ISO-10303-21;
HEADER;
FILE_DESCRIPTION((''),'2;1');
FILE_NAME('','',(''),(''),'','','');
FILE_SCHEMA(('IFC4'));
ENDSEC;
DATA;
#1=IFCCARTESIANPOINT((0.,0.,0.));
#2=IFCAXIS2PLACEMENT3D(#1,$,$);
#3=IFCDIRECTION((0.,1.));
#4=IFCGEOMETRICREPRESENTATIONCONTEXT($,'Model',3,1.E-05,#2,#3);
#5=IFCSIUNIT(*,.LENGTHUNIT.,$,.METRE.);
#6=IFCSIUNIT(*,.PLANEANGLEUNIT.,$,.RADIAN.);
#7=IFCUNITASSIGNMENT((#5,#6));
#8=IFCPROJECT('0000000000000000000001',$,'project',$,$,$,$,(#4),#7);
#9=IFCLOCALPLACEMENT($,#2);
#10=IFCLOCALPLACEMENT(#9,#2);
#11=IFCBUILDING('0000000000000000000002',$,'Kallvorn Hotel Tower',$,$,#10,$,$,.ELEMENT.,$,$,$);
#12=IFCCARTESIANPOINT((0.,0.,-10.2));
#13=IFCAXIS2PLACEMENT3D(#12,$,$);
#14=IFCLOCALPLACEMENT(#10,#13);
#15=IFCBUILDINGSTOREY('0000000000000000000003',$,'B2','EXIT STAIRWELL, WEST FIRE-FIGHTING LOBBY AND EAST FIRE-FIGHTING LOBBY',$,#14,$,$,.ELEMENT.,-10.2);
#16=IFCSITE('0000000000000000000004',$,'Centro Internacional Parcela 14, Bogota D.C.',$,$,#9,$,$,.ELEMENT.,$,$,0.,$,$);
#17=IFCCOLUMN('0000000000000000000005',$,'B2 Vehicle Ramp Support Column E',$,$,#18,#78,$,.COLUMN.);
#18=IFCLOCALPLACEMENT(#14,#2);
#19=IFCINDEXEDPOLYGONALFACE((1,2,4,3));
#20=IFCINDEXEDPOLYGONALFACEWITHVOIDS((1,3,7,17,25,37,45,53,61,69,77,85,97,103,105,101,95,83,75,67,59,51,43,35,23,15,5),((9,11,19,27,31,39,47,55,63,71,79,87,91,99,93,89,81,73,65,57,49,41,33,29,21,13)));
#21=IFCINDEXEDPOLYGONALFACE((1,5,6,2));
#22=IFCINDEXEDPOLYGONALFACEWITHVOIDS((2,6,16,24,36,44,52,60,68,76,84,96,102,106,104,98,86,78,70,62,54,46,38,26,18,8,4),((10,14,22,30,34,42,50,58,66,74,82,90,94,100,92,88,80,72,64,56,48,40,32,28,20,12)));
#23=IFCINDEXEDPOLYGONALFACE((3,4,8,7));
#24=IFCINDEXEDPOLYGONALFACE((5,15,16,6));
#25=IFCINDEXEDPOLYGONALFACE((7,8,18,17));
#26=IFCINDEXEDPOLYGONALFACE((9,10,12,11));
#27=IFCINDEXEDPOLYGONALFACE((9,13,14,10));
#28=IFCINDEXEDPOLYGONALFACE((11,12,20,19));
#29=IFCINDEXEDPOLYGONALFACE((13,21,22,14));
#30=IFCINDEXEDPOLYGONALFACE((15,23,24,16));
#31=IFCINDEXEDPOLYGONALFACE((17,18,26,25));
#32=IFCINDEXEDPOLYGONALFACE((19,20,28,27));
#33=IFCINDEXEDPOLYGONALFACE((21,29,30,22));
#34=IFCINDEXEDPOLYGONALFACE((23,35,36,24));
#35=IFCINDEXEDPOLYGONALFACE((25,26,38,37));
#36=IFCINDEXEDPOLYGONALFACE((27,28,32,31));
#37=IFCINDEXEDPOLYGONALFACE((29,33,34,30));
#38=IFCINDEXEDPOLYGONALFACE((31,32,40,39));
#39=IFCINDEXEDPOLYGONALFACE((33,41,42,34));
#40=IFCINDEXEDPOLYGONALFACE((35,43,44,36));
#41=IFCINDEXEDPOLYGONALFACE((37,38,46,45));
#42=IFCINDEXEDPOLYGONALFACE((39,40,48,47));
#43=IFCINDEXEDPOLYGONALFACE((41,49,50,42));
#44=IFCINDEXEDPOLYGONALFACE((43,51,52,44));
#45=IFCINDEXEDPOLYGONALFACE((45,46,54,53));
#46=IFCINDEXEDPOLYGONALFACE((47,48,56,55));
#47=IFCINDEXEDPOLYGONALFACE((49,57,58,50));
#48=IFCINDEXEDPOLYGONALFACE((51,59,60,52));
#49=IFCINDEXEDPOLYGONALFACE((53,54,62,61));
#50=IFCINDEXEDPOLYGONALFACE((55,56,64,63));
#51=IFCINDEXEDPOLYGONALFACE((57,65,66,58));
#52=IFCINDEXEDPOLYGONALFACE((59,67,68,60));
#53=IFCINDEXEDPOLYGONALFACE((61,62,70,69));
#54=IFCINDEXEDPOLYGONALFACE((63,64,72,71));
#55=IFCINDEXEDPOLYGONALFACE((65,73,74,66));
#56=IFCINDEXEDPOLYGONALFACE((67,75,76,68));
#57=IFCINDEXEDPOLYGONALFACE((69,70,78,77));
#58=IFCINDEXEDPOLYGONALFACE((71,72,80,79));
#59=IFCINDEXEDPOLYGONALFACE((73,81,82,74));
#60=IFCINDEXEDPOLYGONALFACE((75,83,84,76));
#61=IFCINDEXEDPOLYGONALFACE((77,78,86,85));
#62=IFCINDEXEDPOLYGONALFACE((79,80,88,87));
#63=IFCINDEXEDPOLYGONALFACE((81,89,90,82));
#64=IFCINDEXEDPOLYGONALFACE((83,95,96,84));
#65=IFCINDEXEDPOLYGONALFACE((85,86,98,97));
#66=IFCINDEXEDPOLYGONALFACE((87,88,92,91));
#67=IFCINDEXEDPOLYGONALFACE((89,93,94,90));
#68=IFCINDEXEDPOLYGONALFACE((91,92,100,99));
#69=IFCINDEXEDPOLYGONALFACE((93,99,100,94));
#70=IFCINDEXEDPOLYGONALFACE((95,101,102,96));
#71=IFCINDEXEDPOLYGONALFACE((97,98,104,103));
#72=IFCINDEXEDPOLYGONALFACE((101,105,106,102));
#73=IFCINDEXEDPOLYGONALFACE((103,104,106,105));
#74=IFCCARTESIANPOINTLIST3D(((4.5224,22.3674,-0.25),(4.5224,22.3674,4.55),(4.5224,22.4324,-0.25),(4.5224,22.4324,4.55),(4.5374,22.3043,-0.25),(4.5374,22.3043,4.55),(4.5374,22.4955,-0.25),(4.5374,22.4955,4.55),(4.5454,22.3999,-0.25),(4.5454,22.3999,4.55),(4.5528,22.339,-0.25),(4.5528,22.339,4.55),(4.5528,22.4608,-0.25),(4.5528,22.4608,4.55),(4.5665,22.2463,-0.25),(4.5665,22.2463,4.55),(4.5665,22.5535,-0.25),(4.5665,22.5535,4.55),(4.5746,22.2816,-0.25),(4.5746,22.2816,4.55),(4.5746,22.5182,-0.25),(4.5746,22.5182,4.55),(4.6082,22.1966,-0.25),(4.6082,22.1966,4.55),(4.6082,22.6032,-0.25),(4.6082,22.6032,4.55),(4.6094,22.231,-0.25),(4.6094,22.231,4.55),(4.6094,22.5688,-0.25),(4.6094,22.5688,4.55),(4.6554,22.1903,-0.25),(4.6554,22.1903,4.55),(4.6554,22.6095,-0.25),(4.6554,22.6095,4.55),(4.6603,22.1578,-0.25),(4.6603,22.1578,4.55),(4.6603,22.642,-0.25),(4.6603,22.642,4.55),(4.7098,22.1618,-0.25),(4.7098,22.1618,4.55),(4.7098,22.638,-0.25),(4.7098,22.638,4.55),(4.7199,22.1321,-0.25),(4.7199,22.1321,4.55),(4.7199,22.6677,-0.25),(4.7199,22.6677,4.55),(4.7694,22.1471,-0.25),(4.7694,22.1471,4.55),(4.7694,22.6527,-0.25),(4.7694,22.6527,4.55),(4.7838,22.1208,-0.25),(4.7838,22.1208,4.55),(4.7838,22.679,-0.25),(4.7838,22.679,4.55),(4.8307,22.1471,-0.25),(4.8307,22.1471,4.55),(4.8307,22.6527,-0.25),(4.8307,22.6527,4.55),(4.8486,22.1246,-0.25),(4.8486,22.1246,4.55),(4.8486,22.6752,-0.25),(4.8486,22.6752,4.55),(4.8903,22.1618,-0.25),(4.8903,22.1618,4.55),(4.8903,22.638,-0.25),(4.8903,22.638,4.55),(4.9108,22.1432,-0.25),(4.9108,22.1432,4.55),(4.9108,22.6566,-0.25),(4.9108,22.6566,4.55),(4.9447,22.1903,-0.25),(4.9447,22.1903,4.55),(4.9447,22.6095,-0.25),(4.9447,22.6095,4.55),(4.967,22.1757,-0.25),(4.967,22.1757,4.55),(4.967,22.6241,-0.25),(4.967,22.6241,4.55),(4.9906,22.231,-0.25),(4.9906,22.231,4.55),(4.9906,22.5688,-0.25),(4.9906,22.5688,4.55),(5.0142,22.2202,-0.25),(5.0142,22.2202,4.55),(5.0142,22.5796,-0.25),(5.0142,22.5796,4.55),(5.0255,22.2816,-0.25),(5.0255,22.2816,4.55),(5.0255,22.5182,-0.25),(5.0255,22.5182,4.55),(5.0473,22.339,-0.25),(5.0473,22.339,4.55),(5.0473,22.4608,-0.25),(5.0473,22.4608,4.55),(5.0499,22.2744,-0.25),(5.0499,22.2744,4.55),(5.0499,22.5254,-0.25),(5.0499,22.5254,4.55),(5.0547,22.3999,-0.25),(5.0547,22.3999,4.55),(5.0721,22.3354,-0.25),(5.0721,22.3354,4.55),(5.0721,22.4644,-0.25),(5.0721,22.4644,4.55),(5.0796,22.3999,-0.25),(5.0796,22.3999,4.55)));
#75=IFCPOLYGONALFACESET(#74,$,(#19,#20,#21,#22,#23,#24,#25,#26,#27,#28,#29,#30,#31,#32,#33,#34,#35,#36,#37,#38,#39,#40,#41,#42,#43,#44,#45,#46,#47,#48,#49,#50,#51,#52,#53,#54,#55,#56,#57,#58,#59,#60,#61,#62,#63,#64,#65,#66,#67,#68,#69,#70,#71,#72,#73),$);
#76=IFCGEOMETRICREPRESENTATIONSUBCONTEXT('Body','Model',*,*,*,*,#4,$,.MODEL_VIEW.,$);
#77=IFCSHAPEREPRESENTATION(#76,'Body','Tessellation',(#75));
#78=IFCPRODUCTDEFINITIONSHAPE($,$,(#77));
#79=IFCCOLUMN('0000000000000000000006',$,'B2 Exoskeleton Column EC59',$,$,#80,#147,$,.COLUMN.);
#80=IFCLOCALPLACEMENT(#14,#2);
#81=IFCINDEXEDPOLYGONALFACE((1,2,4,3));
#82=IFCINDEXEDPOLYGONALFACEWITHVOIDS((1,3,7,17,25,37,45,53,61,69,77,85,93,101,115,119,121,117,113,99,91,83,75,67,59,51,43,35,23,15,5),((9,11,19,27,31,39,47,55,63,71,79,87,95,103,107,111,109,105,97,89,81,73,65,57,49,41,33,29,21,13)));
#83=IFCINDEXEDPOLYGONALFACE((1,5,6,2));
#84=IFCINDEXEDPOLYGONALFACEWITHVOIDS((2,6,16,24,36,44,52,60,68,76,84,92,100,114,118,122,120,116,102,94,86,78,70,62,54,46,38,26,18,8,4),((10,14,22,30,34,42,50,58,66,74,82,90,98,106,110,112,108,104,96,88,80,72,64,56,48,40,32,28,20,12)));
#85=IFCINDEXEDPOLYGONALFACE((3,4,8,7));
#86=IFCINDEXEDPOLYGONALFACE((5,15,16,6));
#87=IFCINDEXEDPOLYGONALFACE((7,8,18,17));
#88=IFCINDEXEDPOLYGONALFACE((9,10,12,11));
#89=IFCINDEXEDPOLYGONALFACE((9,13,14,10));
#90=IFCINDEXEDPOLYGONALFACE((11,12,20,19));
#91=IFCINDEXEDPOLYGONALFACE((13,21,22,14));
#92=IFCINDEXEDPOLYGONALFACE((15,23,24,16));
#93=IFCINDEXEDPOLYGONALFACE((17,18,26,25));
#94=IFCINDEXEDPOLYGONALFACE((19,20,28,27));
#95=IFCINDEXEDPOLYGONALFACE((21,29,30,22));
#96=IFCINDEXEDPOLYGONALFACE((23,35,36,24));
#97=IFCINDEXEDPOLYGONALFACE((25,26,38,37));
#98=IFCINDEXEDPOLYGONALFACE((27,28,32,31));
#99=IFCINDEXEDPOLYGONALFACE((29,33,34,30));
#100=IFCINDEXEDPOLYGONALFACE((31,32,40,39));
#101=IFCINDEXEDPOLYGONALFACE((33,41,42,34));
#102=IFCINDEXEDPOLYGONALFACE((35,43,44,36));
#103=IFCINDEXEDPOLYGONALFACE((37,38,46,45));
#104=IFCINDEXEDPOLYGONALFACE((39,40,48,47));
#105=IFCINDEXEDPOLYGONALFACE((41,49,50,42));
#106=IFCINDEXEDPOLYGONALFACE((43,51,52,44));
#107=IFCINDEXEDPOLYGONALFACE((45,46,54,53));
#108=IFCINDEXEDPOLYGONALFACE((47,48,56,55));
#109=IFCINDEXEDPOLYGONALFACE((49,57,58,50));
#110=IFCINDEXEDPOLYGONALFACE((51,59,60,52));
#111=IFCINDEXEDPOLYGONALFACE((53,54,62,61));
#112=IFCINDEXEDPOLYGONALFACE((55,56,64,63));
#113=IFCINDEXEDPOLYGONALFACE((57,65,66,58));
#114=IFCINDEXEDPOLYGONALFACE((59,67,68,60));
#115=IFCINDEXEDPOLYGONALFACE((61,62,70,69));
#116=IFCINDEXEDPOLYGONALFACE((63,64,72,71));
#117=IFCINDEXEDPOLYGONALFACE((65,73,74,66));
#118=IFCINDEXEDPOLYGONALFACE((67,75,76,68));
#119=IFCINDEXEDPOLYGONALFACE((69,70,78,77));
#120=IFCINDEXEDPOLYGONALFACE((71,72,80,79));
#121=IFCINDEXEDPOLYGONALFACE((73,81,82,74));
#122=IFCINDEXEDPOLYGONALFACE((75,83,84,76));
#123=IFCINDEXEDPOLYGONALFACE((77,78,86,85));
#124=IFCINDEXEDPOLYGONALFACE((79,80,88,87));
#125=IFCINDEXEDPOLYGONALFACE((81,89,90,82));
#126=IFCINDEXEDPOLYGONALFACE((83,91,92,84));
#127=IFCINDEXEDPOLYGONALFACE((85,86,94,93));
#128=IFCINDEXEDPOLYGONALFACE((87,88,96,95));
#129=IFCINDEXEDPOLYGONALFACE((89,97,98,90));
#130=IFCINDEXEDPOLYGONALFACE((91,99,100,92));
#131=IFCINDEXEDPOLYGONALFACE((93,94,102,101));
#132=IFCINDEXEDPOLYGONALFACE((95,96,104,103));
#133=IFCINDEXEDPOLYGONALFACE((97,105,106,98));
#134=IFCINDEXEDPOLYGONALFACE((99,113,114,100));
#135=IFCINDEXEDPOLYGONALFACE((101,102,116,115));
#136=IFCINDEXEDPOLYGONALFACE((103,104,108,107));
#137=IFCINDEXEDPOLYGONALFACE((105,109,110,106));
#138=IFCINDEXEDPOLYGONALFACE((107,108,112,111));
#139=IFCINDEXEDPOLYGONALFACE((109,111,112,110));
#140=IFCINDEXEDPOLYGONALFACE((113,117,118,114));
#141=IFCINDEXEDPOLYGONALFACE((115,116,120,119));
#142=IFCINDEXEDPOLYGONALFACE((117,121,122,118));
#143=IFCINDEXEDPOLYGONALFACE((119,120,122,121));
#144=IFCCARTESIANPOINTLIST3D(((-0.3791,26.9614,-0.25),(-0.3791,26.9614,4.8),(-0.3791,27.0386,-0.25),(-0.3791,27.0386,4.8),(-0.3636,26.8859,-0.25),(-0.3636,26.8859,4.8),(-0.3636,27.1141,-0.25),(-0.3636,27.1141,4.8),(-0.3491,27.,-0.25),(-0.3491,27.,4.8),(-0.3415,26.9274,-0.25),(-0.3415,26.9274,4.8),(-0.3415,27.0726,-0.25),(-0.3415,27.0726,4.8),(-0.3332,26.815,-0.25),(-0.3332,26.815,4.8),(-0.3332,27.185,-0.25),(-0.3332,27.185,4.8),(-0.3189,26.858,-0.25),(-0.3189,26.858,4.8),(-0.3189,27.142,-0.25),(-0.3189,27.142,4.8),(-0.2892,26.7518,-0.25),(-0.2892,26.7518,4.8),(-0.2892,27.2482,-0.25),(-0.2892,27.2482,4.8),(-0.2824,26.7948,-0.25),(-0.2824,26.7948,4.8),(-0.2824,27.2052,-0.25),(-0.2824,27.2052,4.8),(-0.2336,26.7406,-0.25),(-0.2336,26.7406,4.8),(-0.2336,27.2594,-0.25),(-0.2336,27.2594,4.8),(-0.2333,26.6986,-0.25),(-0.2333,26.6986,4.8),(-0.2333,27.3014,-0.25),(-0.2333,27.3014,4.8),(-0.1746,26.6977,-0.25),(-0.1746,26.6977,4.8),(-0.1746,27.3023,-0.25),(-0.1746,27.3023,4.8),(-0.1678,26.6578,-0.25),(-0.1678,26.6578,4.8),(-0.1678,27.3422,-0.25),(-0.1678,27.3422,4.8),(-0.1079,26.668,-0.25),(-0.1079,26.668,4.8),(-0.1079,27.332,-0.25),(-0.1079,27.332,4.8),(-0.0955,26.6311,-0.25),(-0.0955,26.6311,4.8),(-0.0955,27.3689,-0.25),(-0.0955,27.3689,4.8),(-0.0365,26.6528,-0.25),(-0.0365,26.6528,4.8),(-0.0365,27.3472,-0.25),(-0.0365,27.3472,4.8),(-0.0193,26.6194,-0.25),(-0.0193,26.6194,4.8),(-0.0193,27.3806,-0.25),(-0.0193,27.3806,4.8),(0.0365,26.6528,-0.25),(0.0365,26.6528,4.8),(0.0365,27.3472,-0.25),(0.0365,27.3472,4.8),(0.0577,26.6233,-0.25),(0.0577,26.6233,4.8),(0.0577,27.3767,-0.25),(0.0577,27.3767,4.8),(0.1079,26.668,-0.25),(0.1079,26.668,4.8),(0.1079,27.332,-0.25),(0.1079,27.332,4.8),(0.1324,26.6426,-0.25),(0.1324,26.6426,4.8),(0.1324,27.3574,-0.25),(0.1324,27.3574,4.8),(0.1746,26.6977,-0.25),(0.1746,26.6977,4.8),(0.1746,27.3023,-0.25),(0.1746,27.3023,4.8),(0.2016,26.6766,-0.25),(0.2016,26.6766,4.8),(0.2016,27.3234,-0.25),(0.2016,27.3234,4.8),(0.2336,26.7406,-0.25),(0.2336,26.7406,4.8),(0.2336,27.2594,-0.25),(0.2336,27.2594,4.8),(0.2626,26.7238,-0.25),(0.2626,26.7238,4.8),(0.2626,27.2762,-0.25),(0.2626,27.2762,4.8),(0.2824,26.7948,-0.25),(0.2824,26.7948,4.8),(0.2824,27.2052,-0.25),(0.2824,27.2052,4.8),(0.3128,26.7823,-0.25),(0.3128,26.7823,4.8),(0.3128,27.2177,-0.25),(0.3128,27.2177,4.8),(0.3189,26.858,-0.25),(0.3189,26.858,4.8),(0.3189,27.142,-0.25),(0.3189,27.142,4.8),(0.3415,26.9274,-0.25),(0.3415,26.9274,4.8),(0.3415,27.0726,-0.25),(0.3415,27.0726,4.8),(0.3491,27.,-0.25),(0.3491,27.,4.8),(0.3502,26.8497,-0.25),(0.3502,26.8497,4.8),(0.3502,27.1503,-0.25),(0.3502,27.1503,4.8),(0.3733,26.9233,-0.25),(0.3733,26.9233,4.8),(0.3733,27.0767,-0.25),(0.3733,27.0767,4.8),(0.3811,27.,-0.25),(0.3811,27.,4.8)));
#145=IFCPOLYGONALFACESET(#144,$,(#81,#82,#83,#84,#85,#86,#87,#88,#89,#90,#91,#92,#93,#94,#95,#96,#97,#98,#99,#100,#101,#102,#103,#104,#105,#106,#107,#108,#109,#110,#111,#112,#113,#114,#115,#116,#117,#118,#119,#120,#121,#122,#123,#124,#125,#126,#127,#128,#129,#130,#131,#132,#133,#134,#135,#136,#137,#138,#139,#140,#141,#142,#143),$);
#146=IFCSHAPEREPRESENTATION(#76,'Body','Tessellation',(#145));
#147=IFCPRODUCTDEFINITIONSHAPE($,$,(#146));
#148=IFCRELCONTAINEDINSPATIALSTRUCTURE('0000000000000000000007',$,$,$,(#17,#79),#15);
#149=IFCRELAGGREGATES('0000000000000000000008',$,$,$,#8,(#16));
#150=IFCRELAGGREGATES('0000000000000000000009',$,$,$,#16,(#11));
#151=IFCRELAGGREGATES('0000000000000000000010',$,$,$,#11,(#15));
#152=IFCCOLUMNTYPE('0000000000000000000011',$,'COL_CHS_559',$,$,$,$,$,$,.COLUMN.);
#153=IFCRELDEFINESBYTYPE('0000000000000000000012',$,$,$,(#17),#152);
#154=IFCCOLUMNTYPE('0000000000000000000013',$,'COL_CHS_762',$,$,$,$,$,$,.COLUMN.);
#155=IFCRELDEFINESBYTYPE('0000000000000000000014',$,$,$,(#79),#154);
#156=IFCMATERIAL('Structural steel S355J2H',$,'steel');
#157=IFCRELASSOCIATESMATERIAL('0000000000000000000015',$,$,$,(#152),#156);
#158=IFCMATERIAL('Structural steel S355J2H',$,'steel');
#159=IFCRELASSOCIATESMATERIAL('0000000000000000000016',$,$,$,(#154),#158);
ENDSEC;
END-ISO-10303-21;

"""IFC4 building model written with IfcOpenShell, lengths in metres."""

from ifc_helpers import new_model, si_unit, direction, frame, origin, origin_2d, place, context, subcontext, project, spatial, hollow_circle, extrude, material, material_profile, profile_set, type_object, element, save


model = new_model("IFC4")

# Units and contexts
model_context = context("Model", 3, precision=1e-05, world=origin(), true_north=direction((0.0, 1.0)))
body_context = subcontext(model_context, "Body", "Model", "MODEL_VIEW")
ifc_project = project(units=[si_unit("LENGTHUNIT", "METRE"), si_unit("PLANEANGLEUNIT", "RADIAN")], contexts=[model_context])

# Site, building, storey
site_placement = place(None, origin())
site = spatial("IfcSite", under=ifc_project, at=site_placement, Name="Centro Internacional Parcela 14, Bogota D.C.", CompositionType="ELEMENT", RefElevation=0.0)
building_placement = place(site_placement, origin())
building = spatial("IfcBuilding", under=site, at=building_placement, Name="Kallvorn Hotel Tower", CompositionType="ELEMENT")
storey_placement = place(building_placement, frame((0.0, 0.0, -10.2)))
storey = spatial("IfcBuildingStorey", under=building, at=storey_placement, Name="B2", Description="EXIT STAIRWELL, WEST FIRE-FIGHTING LOBBY AND EAST FIRE-FIGHTING LOBBY", CompositionType="ELEMENT", Elevation=-10.2)

# Columns
ifc_material_1 = material(Name="Structural steel S355J2H", Category="steel")
ifc_material_profile_1 = material_profile(ifc_material_1, hollow_circle(Radius=0.2795, WallThickness=0.0249, at=origin_2d()), Name="CHS 559x25")
ifc_profile_set_1 = profile_set([ifc_material_profile_1], Name="Structural steel S355J2H")
column_type_1 = type_object("IfcColumnType", Name="COL_CHS_559", PredefinedType="COLUMN", material=ifc_profile_set_1)
for number, where, z_axis, x_axis, name in (
    (1, (4.8, 22.3999, -0.25), (0.0, 0.0, 1.0), (1.0, 0.0, 0.0), "B2 Vehicle Ramp Support Column E"),
):
    element("IfcColumn", number, at=place(storey_placement, frame(where, z_axis=z_axis, x_axis=x_axis)), inside=storey, type_object=column_type_1, Name=name, PredefinedType="COLUMN", context=body_context, shape_type="SweptSolid", body=[
        extrude(hollow_circle(Radius=0.2795, WallThickness=0.0249, at=origin_2d()), origin(), (0.0, 0.0, 1.0), 4.8),
    ])
ifc_material_2 = material(Name="Structural steel S355J2H", Category="steel")
ifc_material_profile_2 = material_profile(ifc_material_2, hollow_circle(Radius=0.3811, WallThickness=0.032, at=origin_2d()), Name="CHS 762x32")
ifc_profile_set_2 = profile_set([ifc_material_profile_2], Name="Structural steel S355J2H")
column_type_2 = type_object("IfcColumnType", Name="COL_CHS_762", PredefinedType="COLUMN", material=ifc_profile_set_2)
for number, where, z_axis, x_axis, name in (
    (2, (0.0, 27.0, -0.25), (0.0, 0.0, 1.0), (1.0, 0.0, 0.0), "B2 Exoskeleton Column EC59"),
):
    element("IfcColumn", number, at=place(storey_placement, frame(where, z_axis=z_axis, x_axis=x_axis)), inside=storey, type_object=column_type_2, Name=name, PredefinedType="COLUMN", context=body_context, shape_type="SweptSolid", body=[
        extrude(hollow_circle(Radius=0.3811, WallThickness=0.032, at=origin_2d()), origin(), (0.0, 0.0, 1.0), 5.05),
    ])

save(model, "model.ifc")
